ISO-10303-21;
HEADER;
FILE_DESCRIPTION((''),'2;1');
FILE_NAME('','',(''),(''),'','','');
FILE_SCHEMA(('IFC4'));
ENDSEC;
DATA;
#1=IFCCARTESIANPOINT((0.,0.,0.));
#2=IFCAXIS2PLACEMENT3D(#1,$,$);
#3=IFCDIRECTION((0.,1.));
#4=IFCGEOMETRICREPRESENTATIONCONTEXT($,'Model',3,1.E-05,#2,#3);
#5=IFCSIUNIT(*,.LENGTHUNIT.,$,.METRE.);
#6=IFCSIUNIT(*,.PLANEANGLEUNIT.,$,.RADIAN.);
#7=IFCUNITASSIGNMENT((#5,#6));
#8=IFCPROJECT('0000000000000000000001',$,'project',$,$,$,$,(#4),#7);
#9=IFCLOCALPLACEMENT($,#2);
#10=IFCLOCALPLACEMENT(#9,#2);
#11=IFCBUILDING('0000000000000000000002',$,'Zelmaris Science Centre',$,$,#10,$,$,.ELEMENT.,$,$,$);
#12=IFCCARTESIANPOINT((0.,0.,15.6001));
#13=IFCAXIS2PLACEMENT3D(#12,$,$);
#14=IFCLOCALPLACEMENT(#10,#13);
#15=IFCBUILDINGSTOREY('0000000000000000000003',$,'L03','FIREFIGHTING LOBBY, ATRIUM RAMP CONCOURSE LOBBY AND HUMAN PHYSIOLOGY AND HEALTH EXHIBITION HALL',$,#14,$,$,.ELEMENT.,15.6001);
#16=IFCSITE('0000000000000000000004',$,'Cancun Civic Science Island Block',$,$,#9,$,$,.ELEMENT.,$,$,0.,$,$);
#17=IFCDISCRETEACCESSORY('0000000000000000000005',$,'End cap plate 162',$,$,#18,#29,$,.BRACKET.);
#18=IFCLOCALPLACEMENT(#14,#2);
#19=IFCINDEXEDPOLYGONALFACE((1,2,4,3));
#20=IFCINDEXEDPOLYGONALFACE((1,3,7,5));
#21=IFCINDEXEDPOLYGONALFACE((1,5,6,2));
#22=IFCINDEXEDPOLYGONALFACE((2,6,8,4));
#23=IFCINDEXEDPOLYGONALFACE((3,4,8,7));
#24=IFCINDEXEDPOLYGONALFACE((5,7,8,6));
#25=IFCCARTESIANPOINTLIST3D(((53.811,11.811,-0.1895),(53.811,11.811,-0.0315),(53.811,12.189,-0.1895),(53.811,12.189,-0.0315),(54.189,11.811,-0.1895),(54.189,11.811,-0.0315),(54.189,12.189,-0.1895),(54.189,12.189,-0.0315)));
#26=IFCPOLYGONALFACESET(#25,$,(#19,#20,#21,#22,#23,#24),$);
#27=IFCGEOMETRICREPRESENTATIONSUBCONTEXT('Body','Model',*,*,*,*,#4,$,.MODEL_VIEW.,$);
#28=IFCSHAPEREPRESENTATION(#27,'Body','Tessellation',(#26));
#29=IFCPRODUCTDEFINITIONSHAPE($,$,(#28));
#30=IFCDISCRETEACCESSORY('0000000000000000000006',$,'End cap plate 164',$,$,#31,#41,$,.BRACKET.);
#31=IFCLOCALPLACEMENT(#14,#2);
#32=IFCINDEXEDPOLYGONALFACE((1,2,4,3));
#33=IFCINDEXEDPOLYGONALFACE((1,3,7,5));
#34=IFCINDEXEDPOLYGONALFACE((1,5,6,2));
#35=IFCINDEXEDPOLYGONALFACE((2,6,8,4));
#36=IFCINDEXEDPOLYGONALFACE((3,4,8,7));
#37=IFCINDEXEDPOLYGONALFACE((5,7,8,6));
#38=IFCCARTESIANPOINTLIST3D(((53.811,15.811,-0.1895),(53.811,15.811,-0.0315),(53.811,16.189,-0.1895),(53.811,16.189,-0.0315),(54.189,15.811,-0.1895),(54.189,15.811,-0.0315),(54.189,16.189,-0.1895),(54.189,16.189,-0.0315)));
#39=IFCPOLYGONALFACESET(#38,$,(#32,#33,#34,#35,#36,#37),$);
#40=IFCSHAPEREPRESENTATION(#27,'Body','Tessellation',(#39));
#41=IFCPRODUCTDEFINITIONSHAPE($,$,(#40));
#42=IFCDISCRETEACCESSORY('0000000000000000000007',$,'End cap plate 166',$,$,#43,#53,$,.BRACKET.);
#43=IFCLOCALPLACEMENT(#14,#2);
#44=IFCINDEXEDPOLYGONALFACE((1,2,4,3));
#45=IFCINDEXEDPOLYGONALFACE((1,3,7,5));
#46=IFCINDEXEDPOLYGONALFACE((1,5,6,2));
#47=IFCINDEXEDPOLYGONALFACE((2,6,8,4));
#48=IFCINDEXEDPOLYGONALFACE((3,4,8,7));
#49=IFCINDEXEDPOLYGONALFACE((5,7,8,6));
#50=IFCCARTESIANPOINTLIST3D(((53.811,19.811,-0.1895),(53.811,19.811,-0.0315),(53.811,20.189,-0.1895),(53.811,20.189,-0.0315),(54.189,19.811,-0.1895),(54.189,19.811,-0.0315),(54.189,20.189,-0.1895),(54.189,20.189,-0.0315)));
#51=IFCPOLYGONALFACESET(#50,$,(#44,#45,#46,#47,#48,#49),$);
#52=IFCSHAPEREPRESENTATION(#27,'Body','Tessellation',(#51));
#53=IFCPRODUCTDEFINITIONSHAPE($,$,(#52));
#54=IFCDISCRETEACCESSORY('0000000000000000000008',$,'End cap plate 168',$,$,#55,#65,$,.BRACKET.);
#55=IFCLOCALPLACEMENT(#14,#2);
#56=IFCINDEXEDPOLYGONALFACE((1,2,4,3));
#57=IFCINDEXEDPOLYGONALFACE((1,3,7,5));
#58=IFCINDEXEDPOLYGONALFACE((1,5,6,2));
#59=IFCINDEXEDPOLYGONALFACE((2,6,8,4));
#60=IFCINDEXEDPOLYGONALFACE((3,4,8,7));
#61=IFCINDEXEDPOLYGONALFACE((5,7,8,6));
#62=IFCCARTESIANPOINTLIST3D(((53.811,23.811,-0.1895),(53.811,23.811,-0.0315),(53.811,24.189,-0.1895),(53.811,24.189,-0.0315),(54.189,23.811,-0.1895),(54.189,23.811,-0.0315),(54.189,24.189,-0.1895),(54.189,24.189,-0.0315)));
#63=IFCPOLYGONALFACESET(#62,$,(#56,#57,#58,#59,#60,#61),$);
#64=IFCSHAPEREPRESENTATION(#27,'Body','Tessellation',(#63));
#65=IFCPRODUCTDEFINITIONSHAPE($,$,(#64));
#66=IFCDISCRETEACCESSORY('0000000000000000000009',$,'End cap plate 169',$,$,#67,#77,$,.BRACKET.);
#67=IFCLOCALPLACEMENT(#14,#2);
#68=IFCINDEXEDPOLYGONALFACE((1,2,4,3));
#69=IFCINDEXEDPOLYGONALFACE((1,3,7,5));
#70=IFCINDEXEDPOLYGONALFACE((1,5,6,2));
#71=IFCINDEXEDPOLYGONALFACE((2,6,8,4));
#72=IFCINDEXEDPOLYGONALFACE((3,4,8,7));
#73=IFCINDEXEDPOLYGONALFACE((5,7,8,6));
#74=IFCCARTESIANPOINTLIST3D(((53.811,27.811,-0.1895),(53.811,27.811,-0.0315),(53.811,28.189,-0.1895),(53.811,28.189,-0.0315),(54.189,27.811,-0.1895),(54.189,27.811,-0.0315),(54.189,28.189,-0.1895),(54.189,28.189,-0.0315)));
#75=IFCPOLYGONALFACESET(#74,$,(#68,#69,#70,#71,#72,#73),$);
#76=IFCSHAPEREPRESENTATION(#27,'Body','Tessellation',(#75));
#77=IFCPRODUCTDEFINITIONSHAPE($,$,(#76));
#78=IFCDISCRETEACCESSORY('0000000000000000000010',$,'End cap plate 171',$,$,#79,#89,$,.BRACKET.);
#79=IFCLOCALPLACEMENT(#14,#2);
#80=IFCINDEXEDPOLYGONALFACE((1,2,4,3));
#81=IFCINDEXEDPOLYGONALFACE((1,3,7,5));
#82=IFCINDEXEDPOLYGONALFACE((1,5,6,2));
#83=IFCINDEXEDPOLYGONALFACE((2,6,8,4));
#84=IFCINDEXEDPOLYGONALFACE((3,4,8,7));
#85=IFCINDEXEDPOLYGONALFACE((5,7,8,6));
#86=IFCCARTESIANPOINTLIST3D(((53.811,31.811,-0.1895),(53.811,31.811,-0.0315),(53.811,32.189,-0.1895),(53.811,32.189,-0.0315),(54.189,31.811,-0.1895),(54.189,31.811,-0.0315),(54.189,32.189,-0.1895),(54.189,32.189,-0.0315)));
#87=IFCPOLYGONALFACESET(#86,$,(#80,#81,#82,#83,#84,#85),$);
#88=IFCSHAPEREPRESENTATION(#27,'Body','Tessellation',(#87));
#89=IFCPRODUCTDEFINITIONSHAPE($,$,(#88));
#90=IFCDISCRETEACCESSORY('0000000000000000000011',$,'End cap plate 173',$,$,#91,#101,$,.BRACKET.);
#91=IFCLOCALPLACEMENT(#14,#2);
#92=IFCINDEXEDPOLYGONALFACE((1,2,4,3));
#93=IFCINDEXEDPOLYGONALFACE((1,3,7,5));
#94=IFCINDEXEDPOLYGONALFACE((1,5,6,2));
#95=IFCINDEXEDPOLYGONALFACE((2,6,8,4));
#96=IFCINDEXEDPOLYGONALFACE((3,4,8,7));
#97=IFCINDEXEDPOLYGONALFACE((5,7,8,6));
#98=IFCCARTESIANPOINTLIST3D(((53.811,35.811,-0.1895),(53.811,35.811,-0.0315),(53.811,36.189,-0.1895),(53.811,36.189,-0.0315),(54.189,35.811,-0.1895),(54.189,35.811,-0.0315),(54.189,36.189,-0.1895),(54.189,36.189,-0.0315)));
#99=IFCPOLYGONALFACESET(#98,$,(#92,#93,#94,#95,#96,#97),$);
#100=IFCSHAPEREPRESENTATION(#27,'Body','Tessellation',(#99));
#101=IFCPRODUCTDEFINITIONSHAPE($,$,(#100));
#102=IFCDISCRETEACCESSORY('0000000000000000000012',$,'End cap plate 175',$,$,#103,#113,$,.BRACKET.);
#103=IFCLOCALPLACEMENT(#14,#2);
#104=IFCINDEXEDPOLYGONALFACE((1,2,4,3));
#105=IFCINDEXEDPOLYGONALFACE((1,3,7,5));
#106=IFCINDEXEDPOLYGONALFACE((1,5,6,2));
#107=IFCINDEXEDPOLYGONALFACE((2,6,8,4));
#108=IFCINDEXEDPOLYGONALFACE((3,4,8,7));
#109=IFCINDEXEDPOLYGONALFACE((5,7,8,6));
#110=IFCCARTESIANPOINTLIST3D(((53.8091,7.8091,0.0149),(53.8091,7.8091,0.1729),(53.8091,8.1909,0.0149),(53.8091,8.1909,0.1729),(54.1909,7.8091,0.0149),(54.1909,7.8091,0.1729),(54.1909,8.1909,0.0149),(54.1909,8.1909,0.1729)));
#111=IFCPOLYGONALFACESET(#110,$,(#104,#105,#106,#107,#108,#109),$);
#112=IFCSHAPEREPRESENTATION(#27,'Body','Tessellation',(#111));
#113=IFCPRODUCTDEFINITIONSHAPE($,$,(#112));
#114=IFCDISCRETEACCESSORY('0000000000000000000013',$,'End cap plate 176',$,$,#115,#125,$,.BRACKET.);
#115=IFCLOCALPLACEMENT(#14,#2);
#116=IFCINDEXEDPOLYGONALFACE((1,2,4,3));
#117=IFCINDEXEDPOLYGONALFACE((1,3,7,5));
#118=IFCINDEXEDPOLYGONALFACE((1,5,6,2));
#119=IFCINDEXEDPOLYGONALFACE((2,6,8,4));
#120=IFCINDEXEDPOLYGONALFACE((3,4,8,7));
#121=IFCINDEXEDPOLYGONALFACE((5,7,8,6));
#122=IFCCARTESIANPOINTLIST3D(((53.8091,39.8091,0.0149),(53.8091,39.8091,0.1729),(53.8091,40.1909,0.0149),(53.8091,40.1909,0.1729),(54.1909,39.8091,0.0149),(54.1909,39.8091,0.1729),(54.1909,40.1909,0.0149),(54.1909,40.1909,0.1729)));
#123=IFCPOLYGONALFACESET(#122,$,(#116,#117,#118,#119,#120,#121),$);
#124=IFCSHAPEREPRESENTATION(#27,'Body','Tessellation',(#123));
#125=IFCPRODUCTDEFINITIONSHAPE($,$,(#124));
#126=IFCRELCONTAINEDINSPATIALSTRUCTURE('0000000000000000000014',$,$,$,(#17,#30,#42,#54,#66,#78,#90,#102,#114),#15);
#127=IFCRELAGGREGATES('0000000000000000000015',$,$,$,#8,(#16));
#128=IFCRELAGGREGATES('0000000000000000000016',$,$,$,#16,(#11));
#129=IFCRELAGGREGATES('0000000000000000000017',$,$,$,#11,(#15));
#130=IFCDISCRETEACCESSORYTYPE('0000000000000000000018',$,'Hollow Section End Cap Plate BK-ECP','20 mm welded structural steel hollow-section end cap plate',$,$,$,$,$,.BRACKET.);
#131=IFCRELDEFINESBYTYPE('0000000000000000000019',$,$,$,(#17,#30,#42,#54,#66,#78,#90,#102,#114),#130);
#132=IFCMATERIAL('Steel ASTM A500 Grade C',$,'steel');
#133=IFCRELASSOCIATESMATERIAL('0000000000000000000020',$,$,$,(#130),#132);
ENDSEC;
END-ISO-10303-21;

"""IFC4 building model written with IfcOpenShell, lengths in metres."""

from ifc_helpers import new_model, si_unit, direction, frame, origin, place, context, subcontext, project, spatial, polyline, outline, extrude, material, type_object, element, save


model = new_model("IFC4")

# Units and contexts
model_context = context("Model", 3, precision=1e-05, world=origin(), true_north=direction((0.0, 1.0)))
body_context = subcontext(model_context, "Body", "Model", "MODEL_VIEW")
ifc_project = project(units=[si_unit("LENGTHUNIT", "METRE"), si_unit("PLANEANGLEUNIT", "RADIAN")], contexts=[model_context])

# Site, building, storey
site_placement = place(None, origin())
site = spatial("IfcSite", under=ifc_project, at=site_placement, Name="Cancun Civic Science Island Block", CompositionType="ELEMENT", RefElevation=0.0)
building_placement = place(site_placement, origin())
building = spatial("IfcBuilding", under=site, at=building_placement, Name="Zelmaris Science Centre", CompositionType="ELEMENT")
storey_placement = place(building_placement, frame((0.0, 0.0, 15.6001)))
storey = spatial("IfcBuildingStorey", under=building, at=storey_placement, Name="L03", Description="FIREFIGHTING LOBBY, ATRIUM RAMP CONCOURSE LOBBY AND HUMAN PHYSIOLOGY AND HEALTH EXHIBITION HALL", CompositionType="ELEMENT", Elevation=15.6001)

# Discrete accessories
ifc_material = material(Name="Steel ASTM A500 Grade C", Category="steel")
discrete_accessory_type = type_object("IfcDiscreteAccessoryType", Name="Hollow Section End Cap Plate BK-ECP", Description="20 mm welded structural steel hollow-section end cap plate", PredefinedType="BRACKET", material=ifc_material)
discrete_accessory_1_placement = place(storey_placement, frame((0.0, 0.0, -0.1895)))
element("IfcDiscreteAccessory", 1, at=discrete_accessory_1_placement, inside=storey, type_object=discrete_accessory_type, Name="End cap plate 162", PredefinedType="BRACKET", context=body_context, shape_type="SweptSolid", body=[
    extrude(outline(polyline([(53.811, 11.811), (54.189, 11.811), (54.189, 12.189), (53.811, 12.189), (53.811, 11.811)])), origin(), (0.0, 0.0, 1.0), 0.158),
])
discrete_accessory_2_placement = place(storey_placement, frame((0.0, 0.0, -0.1895)))
element("IfcDiscreteAccessory", 2, at=discrete_accessory_2_placement, inside=storey, type_object=discrete_accessory_type, Name="End cap plate 164", PredefinedType="BRACKET", context=body_context, shape_type="SweptSolid", body=[
    extrude(outline(polyline([(53.811, 15.811), (54.189, 15.811), (54.189, 16.189), (53.811, 16.189), (53.811, 15.811)])), origin(), (0.0, 0.0, 1.0), 0.158),
])
discrete_accessory_3_placement = place(storey_placement, frame((0.0, 0.0, -0.1895)))
element("IfcDiscreteAccessory", 3, at=discrete_accessory_3_placement, inside=storey, type_object=discrete_accessory_type, Name="End cap plate 166", PredefinedType="BRACKET", context=body_context, shape_type="SweptSolid", body=[
    extrude(outline(polyline([(53.811, 19.811), (54.189, 19.811), (54.189, 20.189), (53.811, 20.189), (53.811, 19.811)])), origin(), (0.0, 0.0, 1.0), 0.158),
])
discrete_accessory_4_placement = place(storey_placement, frame((0.0, 0.0, -0.1895)))
element("IfcDiscreteAccessory", 4, at=discrete_accessory_4_placement, inside=storey, type_object=discrete_accessory_type, Name="End cap plate 168", PredefinedType="BRACKET", context=body_context, shape_type="SweptSolid", body=[
    extrude(outline(polyline([(53.811, 23.811), (54.189, 23.811), (54.189, 24.189), (53.811, 24.189), (53.811, 23.811)])), origin(), (0.0, 0.0, 1.0), 0.158),
])
discrete_accessory_5_placement = place(storey_placement, frame((0.0, 0.0, -0.1895)))
element("IfcDiscreteAccessory", 5, at=discrete_accessory_5_placement, inside=storey, type_object=discrete_accessory_type, Name="End cap plate 169", PredefinedType="BRACKET", context=body_context, shape_type="SweptSolid", body=[
    extrude(outline(polyline([(53.811, 27.811), (54.189, 27.811), (54.189, 28.189), (53.811, 28.189), (53.811, 27.811)])), origin(), (0.0, 0.0, 1.0), 0.158),
])
discrete_accessory_6_placement = place(storey_placement, frame((0.0, 0.0, -0.1895)))
element("IfcDiscreteAccessory", 6, at=discrete_accessory_6_placement, inside=storey, type_object=discrete_accessory_type, Name="End cap plate 171", PredefinedType="BRACKET", context=body_context, shape_type="SweptSolid", body=[
    extrude(outline(polyline([(53.811, 31.811), (54.189, 31.811), (54.189, 32.189), (53.811, 32.189), (53.811, 31.811)])), origin(), (0.0, 0.0, 1.0), 0.158),
])
discrete_accessory_7_placement = place(storey_placement, frame((0.0, 0.0, -0.1895)))
element("IfcDiscreteAccessory", 7, at=discrete_accessory_7_placement, inside=storey, type_object=discrete_accessory_type, Name="End cap plate 173", PredefinedType="BRACKET", context=body_context, shape_type="SweptSolid", body=[
    extrude(outline(polyline([(53.811, 35.811), (54.189, 35.811), (54.189, 36.189), (53.811, 36.189), (53.811, 35.811)])), origin(), (0.0, 0.0, 1.0), 0.158),
])
discrete_accessory_8_placement = place(storey_placement, frame((0.0, 0.0, 0.0149)))
element("IfcDiscreteAccessory", 8, at=discrete_accessory_8_placement, inside=storey, type_object=discrete_accessory_type, Name="End cap plate 175", PredefinedType="BRACKET", context=body_context, shape_type="SweptSolid", body=[
    extrude(outline(polyline([(53.8091, 7.8091), (54.1909, 7.8091), (54.1909, 8.1909), (53.8091, 8.1909), (53.8091, 7.8091)])), origin(), (0.0, 0.0, 1.0), 0.158),
])
discrete_accessory_9_placement = place(storey_placement, frame((0.0, 0.0, 0.0149)))
element("IfcDiscreteAccessory", 9, at=discrete_accessory_9_placement, inside=storey, type_object=discrete_accessory_type, Name="End cap plate 176", PredefinedType="BRACKET", context=body_context, shape_type="SweptSolid", body=[
    extrude(outline(polyline([(53.8091, 39.8091), (54.1909, 39.8091), (54.1909, 40.1909), (53.8091, 40.1909), (53.8091, 39.8091)])), origin(), (0.0, 0.0, 1.0), 0.158),
])

save(model, "model.ifc")
